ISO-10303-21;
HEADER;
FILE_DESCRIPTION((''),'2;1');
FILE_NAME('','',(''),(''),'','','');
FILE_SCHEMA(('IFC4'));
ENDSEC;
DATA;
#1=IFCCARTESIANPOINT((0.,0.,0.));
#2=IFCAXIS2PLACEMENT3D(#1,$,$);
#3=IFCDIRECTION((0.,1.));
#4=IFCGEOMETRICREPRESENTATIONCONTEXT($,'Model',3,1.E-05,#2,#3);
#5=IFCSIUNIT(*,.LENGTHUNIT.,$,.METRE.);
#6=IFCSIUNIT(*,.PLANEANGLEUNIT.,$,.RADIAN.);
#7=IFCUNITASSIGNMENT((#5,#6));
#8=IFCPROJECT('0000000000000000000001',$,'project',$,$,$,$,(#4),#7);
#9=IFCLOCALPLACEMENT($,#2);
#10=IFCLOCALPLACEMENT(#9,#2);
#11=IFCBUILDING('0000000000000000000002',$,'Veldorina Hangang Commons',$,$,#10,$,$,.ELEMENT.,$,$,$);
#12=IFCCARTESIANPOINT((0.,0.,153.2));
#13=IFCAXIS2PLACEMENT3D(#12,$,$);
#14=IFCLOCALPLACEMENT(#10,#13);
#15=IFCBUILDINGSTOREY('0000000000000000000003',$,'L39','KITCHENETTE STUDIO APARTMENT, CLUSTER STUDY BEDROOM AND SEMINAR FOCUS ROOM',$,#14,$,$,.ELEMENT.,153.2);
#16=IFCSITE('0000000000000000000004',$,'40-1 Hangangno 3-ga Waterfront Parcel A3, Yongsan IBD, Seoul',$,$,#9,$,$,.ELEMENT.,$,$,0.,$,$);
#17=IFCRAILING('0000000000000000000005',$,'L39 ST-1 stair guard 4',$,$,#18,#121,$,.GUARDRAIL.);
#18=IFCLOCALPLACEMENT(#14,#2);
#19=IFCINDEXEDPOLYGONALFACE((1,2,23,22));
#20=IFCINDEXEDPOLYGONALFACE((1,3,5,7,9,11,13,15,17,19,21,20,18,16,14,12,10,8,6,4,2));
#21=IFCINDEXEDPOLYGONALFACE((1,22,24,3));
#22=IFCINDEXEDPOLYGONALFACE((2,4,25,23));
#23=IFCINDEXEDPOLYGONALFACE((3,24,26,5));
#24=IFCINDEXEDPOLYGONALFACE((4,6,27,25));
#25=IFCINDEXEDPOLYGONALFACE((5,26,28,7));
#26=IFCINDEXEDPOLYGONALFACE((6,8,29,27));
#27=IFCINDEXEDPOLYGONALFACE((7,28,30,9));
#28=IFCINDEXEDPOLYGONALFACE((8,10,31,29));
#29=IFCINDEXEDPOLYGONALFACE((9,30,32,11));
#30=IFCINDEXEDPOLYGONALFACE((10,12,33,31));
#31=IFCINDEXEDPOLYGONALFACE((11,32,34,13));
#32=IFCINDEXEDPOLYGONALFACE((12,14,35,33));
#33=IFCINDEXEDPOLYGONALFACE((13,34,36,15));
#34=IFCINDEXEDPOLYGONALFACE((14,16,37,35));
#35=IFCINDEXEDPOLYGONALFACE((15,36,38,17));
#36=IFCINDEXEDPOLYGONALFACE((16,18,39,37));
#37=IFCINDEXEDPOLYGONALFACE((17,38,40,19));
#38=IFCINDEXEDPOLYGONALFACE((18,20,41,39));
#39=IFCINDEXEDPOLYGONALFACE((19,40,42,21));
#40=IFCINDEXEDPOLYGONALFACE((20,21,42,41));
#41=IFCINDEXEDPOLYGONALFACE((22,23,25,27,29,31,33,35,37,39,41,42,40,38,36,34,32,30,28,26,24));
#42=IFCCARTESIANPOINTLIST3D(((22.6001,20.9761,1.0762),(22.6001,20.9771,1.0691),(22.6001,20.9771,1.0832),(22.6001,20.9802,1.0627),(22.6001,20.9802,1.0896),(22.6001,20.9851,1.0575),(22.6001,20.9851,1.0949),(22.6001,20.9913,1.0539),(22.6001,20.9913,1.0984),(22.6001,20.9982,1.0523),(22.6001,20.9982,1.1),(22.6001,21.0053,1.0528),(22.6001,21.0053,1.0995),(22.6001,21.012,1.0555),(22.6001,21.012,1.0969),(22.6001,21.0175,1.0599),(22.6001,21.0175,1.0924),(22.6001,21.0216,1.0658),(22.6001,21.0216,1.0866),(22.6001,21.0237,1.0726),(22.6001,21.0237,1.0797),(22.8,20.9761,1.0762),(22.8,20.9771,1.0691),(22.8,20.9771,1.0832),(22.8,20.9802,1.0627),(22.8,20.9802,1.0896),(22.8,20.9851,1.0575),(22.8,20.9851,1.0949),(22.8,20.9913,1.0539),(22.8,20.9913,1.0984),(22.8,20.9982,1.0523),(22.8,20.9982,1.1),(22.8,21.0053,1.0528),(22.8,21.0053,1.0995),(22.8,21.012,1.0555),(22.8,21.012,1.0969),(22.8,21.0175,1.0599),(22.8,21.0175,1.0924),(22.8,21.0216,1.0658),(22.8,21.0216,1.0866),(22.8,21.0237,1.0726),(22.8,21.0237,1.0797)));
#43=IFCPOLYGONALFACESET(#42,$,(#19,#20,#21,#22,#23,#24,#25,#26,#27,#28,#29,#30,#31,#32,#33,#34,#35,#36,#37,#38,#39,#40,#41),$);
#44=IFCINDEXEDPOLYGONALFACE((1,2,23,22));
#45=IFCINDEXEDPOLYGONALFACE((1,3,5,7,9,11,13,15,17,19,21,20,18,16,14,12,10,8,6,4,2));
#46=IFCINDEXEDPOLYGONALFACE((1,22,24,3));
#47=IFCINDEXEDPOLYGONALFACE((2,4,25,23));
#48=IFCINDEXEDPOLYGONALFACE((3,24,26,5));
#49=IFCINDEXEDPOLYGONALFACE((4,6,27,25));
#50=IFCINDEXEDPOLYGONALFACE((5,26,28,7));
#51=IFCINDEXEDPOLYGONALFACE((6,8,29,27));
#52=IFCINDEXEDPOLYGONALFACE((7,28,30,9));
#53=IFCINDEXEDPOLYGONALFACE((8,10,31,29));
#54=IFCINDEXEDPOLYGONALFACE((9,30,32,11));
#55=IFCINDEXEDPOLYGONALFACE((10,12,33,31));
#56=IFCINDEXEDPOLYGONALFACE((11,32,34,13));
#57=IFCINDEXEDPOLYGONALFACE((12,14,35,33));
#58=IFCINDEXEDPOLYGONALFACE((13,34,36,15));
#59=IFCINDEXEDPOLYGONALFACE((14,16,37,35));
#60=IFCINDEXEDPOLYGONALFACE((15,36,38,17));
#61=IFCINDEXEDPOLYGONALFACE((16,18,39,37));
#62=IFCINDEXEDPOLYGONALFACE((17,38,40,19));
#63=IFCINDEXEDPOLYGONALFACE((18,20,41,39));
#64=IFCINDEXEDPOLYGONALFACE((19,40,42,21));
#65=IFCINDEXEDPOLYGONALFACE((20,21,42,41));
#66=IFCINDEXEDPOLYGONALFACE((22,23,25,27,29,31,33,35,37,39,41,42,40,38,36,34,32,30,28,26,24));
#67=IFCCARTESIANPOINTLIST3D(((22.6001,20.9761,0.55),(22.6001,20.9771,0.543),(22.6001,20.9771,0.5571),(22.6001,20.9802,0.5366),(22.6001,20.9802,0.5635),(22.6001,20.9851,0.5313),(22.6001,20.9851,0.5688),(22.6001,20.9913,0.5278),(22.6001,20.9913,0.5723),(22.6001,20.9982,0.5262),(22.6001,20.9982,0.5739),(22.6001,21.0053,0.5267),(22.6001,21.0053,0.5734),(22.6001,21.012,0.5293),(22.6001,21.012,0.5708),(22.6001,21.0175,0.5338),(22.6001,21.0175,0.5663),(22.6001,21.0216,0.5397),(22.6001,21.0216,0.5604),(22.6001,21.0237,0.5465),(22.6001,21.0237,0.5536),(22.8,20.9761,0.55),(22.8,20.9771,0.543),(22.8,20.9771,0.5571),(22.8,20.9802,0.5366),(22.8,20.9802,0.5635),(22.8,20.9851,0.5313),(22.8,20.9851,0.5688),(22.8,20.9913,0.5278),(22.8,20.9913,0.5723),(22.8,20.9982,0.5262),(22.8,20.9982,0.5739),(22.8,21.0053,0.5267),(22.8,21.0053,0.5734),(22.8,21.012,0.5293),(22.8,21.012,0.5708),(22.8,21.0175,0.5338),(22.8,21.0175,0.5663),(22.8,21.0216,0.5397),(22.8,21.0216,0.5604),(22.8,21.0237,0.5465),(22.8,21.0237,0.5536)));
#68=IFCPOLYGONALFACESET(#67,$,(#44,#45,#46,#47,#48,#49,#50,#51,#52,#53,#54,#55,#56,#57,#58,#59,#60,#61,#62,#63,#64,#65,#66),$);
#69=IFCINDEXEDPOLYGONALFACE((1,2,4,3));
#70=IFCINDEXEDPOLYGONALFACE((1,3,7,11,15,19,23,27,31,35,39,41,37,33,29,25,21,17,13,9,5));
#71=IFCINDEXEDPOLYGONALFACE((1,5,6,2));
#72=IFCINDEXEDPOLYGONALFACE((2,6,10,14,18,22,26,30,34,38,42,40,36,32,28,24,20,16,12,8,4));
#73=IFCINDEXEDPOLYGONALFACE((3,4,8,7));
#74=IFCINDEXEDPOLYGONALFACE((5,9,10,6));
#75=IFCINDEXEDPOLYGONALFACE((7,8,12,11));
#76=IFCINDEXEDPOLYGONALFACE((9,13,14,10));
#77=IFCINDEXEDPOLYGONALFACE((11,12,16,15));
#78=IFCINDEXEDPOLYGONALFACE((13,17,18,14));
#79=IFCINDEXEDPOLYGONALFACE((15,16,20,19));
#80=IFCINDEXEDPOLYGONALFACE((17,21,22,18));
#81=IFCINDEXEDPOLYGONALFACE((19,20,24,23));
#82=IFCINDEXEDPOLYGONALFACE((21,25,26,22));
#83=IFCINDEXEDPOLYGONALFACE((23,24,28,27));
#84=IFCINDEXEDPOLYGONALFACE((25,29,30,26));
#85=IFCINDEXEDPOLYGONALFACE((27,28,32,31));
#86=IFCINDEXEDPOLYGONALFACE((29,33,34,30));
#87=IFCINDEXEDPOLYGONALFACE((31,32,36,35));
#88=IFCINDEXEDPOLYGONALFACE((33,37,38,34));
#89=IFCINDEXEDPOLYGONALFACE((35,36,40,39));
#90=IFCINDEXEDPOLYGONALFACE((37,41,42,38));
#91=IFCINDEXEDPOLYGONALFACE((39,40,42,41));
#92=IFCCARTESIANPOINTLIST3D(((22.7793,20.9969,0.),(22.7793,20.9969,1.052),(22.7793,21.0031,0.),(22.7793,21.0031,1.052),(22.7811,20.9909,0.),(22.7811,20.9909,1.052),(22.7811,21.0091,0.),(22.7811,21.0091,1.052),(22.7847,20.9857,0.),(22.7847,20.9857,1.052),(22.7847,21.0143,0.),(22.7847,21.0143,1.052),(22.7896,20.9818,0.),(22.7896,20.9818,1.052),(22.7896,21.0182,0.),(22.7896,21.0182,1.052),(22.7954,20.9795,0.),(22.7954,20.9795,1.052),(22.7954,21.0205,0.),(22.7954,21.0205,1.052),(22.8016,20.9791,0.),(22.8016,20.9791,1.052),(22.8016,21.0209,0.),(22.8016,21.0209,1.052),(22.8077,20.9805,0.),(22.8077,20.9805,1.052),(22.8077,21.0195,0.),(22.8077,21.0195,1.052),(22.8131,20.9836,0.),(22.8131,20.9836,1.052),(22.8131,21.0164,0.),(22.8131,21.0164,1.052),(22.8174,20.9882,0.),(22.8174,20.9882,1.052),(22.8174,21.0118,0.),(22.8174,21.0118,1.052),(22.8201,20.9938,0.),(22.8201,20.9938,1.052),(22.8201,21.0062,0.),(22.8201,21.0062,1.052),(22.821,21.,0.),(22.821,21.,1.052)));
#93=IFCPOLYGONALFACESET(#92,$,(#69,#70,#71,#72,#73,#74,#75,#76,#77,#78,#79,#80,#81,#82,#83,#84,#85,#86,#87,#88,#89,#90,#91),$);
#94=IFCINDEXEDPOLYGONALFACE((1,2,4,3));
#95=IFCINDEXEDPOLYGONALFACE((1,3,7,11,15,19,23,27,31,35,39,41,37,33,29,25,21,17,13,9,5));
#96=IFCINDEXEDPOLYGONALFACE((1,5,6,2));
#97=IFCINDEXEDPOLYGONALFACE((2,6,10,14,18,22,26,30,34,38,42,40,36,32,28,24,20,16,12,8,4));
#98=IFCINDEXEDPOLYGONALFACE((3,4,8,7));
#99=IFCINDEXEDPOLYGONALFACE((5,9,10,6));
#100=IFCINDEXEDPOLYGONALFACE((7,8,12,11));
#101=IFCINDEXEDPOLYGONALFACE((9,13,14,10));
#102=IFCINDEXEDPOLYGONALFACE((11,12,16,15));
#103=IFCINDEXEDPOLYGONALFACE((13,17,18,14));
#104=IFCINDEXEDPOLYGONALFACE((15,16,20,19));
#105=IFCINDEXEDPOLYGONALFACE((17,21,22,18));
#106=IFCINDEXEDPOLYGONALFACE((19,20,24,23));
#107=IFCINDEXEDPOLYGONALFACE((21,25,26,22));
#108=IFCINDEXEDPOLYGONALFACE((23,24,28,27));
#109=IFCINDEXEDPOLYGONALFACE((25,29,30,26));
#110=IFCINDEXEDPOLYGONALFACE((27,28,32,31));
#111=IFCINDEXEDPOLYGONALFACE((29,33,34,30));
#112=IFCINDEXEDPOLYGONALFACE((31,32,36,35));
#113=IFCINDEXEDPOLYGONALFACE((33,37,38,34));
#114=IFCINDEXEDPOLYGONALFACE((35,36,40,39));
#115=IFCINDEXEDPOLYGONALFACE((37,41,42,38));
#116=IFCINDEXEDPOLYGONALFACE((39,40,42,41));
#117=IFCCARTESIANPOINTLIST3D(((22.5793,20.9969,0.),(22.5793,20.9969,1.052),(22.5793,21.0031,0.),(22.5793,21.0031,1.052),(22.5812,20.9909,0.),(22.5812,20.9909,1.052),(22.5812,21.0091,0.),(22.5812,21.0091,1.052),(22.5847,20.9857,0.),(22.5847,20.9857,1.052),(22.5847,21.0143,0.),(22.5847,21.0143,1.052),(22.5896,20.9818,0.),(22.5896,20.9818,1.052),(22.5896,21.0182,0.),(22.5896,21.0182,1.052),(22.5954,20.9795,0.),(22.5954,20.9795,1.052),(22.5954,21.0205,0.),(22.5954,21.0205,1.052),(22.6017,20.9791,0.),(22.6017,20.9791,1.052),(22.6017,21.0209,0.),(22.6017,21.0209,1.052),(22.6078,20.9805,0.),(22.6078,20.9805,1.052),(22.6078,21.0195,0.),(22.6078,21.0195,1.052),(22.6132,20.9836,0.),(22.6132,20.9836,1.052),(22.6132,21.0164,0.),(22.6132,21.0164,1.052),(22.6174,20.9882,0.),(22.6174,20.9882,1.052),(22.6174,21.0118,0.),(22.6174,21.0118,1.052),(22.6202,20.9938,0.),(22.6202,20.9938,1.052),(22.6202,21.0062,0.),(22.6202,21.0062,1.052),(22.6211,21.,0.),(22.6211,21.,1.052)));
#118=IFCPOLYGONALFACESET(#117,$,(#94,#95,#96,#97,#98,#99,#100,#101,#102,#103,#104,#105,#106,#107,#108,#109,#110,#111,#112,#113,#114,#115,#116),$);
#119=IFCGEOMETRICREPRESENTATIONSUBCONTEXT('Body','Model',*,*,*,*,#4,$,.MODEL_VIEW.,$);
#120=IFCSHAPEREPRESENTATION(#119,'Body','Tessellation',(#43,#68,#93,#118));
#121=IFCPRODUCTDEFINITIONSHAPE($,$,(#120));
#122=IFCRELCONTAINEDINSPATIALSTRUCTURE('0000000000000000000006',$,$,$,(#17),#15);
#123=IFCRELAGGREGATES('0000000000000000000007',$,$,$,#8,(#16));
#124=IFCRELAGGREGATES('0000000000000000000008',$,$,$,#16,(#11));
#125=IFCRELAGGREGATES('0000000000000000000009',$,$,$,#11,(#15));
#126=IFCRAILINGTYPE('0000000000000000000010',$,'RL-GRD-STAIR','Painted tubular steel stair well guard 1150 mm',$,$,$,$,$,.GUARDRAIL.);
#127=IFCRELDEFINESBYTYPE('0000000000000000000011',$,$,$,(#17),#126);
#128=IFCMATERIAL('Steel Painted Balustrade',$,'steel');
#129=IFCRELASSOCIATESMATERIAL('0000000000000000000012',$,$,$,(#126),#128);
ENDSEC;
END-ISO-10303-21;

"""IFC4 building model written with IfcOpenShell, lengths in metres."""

from ifc_helpers import new_model, si_unit, direction, frame, origin, origin_2d, place, context, subcontext, project, spatial, circle, extrude, material, type_object, element, save


model = new_model("IFC4")

# Units and contexts
model_context = context("Model", 3, precision=1e-05, world=origin(), true_north=direction((0.0, 1.0)))
body_context = subcontext(model_context, "Body", "Model", "MODEL_VIEW")
ifc_project = project(units=[si_unit("LENGTHUNIT", "METRE"), si_unit("PLANEANGLEUNIT", "RADIAN")], contexts=[model_context])

# Site, building, storey
site_placement = place(None, origin())
site = spatial("IfcSite", under=ifc_project, at=site_placement, Name="40-1 Hangangno 3-ga Waterfront Parcel A3, Yongsan IBD, Seoul", CompositionType="ELEMENT", RefElevation=0.0)
building_placement = place(site_placement, origin())
building = spatial("IfcBuilding", under=site, at=building_placement, Name="Veldorina Hangang Commons", CompositionType="ELEMENT")
storey_placement = place(building_placement, frame((0.0, 0.0, 153.2)))
storey = spatial("IfcBuildingStorey", under=building, at=storey_placement, Name="L39", Description="KITCHENETTE STUDIO APARTMENT, CLUSTER STUDY BEDROOM AND SEMINAR FOCUS ROOM", CompositionType="ELEMENT", Elevation=153.2)

# Railing
ifc_material_1 = material(Name="Steel Painted Balustrade", Category="steel")
railing_type_1 = type_object("IfcRailingType", Name="RL-GRD-STAIR", Description="Painted tubular steel stair well guard 1150 mm", PredefinedType="GUARDRAIL", material=ifc_material_1)
railing_1_placement = place(storey_placement, frame((22.8, 21.0, 0.0)))
element("IfcRailing", 1, at=railing_1_placement, inside=storey, type_object=railing_type_1, Name="L39 ST-1 stair guard 4", PredefinedType="GUARDRAIL", context=body_context, shape_type="SweptSolid", body=[
    extrude(circle(Radius=0.0239, at=origin_2d()), frame((0.0, 0.0, 1.0762), z_axis=(-1.0, 0.0, 0.0), x_axis=(0.0, -1.0, 0.0)), (0.0, 0.0, 1.0), 0.2),
    extrude(circle(Radius=0.0239, at=origin_2d()), frame((0.0, 0.0, 0.55), z_axis=(-1.0, 0.0, 0.0), x_axis=(0.0, -1.0, 0.0)), (0.0, 0.0, 1.0), 0.2),
    extrude(circle(Radius=0.021, at=origin_2d()), origin(), (0.0, 0.0, 1.0), 1.052),
    extrude(circle(Radius=0.021, at=origin_2d()), frame((-0.2, 0.0, 0.0)), (0.0, 0.0, 1.0), 1.052),
])

save(model, "model.ifc")
